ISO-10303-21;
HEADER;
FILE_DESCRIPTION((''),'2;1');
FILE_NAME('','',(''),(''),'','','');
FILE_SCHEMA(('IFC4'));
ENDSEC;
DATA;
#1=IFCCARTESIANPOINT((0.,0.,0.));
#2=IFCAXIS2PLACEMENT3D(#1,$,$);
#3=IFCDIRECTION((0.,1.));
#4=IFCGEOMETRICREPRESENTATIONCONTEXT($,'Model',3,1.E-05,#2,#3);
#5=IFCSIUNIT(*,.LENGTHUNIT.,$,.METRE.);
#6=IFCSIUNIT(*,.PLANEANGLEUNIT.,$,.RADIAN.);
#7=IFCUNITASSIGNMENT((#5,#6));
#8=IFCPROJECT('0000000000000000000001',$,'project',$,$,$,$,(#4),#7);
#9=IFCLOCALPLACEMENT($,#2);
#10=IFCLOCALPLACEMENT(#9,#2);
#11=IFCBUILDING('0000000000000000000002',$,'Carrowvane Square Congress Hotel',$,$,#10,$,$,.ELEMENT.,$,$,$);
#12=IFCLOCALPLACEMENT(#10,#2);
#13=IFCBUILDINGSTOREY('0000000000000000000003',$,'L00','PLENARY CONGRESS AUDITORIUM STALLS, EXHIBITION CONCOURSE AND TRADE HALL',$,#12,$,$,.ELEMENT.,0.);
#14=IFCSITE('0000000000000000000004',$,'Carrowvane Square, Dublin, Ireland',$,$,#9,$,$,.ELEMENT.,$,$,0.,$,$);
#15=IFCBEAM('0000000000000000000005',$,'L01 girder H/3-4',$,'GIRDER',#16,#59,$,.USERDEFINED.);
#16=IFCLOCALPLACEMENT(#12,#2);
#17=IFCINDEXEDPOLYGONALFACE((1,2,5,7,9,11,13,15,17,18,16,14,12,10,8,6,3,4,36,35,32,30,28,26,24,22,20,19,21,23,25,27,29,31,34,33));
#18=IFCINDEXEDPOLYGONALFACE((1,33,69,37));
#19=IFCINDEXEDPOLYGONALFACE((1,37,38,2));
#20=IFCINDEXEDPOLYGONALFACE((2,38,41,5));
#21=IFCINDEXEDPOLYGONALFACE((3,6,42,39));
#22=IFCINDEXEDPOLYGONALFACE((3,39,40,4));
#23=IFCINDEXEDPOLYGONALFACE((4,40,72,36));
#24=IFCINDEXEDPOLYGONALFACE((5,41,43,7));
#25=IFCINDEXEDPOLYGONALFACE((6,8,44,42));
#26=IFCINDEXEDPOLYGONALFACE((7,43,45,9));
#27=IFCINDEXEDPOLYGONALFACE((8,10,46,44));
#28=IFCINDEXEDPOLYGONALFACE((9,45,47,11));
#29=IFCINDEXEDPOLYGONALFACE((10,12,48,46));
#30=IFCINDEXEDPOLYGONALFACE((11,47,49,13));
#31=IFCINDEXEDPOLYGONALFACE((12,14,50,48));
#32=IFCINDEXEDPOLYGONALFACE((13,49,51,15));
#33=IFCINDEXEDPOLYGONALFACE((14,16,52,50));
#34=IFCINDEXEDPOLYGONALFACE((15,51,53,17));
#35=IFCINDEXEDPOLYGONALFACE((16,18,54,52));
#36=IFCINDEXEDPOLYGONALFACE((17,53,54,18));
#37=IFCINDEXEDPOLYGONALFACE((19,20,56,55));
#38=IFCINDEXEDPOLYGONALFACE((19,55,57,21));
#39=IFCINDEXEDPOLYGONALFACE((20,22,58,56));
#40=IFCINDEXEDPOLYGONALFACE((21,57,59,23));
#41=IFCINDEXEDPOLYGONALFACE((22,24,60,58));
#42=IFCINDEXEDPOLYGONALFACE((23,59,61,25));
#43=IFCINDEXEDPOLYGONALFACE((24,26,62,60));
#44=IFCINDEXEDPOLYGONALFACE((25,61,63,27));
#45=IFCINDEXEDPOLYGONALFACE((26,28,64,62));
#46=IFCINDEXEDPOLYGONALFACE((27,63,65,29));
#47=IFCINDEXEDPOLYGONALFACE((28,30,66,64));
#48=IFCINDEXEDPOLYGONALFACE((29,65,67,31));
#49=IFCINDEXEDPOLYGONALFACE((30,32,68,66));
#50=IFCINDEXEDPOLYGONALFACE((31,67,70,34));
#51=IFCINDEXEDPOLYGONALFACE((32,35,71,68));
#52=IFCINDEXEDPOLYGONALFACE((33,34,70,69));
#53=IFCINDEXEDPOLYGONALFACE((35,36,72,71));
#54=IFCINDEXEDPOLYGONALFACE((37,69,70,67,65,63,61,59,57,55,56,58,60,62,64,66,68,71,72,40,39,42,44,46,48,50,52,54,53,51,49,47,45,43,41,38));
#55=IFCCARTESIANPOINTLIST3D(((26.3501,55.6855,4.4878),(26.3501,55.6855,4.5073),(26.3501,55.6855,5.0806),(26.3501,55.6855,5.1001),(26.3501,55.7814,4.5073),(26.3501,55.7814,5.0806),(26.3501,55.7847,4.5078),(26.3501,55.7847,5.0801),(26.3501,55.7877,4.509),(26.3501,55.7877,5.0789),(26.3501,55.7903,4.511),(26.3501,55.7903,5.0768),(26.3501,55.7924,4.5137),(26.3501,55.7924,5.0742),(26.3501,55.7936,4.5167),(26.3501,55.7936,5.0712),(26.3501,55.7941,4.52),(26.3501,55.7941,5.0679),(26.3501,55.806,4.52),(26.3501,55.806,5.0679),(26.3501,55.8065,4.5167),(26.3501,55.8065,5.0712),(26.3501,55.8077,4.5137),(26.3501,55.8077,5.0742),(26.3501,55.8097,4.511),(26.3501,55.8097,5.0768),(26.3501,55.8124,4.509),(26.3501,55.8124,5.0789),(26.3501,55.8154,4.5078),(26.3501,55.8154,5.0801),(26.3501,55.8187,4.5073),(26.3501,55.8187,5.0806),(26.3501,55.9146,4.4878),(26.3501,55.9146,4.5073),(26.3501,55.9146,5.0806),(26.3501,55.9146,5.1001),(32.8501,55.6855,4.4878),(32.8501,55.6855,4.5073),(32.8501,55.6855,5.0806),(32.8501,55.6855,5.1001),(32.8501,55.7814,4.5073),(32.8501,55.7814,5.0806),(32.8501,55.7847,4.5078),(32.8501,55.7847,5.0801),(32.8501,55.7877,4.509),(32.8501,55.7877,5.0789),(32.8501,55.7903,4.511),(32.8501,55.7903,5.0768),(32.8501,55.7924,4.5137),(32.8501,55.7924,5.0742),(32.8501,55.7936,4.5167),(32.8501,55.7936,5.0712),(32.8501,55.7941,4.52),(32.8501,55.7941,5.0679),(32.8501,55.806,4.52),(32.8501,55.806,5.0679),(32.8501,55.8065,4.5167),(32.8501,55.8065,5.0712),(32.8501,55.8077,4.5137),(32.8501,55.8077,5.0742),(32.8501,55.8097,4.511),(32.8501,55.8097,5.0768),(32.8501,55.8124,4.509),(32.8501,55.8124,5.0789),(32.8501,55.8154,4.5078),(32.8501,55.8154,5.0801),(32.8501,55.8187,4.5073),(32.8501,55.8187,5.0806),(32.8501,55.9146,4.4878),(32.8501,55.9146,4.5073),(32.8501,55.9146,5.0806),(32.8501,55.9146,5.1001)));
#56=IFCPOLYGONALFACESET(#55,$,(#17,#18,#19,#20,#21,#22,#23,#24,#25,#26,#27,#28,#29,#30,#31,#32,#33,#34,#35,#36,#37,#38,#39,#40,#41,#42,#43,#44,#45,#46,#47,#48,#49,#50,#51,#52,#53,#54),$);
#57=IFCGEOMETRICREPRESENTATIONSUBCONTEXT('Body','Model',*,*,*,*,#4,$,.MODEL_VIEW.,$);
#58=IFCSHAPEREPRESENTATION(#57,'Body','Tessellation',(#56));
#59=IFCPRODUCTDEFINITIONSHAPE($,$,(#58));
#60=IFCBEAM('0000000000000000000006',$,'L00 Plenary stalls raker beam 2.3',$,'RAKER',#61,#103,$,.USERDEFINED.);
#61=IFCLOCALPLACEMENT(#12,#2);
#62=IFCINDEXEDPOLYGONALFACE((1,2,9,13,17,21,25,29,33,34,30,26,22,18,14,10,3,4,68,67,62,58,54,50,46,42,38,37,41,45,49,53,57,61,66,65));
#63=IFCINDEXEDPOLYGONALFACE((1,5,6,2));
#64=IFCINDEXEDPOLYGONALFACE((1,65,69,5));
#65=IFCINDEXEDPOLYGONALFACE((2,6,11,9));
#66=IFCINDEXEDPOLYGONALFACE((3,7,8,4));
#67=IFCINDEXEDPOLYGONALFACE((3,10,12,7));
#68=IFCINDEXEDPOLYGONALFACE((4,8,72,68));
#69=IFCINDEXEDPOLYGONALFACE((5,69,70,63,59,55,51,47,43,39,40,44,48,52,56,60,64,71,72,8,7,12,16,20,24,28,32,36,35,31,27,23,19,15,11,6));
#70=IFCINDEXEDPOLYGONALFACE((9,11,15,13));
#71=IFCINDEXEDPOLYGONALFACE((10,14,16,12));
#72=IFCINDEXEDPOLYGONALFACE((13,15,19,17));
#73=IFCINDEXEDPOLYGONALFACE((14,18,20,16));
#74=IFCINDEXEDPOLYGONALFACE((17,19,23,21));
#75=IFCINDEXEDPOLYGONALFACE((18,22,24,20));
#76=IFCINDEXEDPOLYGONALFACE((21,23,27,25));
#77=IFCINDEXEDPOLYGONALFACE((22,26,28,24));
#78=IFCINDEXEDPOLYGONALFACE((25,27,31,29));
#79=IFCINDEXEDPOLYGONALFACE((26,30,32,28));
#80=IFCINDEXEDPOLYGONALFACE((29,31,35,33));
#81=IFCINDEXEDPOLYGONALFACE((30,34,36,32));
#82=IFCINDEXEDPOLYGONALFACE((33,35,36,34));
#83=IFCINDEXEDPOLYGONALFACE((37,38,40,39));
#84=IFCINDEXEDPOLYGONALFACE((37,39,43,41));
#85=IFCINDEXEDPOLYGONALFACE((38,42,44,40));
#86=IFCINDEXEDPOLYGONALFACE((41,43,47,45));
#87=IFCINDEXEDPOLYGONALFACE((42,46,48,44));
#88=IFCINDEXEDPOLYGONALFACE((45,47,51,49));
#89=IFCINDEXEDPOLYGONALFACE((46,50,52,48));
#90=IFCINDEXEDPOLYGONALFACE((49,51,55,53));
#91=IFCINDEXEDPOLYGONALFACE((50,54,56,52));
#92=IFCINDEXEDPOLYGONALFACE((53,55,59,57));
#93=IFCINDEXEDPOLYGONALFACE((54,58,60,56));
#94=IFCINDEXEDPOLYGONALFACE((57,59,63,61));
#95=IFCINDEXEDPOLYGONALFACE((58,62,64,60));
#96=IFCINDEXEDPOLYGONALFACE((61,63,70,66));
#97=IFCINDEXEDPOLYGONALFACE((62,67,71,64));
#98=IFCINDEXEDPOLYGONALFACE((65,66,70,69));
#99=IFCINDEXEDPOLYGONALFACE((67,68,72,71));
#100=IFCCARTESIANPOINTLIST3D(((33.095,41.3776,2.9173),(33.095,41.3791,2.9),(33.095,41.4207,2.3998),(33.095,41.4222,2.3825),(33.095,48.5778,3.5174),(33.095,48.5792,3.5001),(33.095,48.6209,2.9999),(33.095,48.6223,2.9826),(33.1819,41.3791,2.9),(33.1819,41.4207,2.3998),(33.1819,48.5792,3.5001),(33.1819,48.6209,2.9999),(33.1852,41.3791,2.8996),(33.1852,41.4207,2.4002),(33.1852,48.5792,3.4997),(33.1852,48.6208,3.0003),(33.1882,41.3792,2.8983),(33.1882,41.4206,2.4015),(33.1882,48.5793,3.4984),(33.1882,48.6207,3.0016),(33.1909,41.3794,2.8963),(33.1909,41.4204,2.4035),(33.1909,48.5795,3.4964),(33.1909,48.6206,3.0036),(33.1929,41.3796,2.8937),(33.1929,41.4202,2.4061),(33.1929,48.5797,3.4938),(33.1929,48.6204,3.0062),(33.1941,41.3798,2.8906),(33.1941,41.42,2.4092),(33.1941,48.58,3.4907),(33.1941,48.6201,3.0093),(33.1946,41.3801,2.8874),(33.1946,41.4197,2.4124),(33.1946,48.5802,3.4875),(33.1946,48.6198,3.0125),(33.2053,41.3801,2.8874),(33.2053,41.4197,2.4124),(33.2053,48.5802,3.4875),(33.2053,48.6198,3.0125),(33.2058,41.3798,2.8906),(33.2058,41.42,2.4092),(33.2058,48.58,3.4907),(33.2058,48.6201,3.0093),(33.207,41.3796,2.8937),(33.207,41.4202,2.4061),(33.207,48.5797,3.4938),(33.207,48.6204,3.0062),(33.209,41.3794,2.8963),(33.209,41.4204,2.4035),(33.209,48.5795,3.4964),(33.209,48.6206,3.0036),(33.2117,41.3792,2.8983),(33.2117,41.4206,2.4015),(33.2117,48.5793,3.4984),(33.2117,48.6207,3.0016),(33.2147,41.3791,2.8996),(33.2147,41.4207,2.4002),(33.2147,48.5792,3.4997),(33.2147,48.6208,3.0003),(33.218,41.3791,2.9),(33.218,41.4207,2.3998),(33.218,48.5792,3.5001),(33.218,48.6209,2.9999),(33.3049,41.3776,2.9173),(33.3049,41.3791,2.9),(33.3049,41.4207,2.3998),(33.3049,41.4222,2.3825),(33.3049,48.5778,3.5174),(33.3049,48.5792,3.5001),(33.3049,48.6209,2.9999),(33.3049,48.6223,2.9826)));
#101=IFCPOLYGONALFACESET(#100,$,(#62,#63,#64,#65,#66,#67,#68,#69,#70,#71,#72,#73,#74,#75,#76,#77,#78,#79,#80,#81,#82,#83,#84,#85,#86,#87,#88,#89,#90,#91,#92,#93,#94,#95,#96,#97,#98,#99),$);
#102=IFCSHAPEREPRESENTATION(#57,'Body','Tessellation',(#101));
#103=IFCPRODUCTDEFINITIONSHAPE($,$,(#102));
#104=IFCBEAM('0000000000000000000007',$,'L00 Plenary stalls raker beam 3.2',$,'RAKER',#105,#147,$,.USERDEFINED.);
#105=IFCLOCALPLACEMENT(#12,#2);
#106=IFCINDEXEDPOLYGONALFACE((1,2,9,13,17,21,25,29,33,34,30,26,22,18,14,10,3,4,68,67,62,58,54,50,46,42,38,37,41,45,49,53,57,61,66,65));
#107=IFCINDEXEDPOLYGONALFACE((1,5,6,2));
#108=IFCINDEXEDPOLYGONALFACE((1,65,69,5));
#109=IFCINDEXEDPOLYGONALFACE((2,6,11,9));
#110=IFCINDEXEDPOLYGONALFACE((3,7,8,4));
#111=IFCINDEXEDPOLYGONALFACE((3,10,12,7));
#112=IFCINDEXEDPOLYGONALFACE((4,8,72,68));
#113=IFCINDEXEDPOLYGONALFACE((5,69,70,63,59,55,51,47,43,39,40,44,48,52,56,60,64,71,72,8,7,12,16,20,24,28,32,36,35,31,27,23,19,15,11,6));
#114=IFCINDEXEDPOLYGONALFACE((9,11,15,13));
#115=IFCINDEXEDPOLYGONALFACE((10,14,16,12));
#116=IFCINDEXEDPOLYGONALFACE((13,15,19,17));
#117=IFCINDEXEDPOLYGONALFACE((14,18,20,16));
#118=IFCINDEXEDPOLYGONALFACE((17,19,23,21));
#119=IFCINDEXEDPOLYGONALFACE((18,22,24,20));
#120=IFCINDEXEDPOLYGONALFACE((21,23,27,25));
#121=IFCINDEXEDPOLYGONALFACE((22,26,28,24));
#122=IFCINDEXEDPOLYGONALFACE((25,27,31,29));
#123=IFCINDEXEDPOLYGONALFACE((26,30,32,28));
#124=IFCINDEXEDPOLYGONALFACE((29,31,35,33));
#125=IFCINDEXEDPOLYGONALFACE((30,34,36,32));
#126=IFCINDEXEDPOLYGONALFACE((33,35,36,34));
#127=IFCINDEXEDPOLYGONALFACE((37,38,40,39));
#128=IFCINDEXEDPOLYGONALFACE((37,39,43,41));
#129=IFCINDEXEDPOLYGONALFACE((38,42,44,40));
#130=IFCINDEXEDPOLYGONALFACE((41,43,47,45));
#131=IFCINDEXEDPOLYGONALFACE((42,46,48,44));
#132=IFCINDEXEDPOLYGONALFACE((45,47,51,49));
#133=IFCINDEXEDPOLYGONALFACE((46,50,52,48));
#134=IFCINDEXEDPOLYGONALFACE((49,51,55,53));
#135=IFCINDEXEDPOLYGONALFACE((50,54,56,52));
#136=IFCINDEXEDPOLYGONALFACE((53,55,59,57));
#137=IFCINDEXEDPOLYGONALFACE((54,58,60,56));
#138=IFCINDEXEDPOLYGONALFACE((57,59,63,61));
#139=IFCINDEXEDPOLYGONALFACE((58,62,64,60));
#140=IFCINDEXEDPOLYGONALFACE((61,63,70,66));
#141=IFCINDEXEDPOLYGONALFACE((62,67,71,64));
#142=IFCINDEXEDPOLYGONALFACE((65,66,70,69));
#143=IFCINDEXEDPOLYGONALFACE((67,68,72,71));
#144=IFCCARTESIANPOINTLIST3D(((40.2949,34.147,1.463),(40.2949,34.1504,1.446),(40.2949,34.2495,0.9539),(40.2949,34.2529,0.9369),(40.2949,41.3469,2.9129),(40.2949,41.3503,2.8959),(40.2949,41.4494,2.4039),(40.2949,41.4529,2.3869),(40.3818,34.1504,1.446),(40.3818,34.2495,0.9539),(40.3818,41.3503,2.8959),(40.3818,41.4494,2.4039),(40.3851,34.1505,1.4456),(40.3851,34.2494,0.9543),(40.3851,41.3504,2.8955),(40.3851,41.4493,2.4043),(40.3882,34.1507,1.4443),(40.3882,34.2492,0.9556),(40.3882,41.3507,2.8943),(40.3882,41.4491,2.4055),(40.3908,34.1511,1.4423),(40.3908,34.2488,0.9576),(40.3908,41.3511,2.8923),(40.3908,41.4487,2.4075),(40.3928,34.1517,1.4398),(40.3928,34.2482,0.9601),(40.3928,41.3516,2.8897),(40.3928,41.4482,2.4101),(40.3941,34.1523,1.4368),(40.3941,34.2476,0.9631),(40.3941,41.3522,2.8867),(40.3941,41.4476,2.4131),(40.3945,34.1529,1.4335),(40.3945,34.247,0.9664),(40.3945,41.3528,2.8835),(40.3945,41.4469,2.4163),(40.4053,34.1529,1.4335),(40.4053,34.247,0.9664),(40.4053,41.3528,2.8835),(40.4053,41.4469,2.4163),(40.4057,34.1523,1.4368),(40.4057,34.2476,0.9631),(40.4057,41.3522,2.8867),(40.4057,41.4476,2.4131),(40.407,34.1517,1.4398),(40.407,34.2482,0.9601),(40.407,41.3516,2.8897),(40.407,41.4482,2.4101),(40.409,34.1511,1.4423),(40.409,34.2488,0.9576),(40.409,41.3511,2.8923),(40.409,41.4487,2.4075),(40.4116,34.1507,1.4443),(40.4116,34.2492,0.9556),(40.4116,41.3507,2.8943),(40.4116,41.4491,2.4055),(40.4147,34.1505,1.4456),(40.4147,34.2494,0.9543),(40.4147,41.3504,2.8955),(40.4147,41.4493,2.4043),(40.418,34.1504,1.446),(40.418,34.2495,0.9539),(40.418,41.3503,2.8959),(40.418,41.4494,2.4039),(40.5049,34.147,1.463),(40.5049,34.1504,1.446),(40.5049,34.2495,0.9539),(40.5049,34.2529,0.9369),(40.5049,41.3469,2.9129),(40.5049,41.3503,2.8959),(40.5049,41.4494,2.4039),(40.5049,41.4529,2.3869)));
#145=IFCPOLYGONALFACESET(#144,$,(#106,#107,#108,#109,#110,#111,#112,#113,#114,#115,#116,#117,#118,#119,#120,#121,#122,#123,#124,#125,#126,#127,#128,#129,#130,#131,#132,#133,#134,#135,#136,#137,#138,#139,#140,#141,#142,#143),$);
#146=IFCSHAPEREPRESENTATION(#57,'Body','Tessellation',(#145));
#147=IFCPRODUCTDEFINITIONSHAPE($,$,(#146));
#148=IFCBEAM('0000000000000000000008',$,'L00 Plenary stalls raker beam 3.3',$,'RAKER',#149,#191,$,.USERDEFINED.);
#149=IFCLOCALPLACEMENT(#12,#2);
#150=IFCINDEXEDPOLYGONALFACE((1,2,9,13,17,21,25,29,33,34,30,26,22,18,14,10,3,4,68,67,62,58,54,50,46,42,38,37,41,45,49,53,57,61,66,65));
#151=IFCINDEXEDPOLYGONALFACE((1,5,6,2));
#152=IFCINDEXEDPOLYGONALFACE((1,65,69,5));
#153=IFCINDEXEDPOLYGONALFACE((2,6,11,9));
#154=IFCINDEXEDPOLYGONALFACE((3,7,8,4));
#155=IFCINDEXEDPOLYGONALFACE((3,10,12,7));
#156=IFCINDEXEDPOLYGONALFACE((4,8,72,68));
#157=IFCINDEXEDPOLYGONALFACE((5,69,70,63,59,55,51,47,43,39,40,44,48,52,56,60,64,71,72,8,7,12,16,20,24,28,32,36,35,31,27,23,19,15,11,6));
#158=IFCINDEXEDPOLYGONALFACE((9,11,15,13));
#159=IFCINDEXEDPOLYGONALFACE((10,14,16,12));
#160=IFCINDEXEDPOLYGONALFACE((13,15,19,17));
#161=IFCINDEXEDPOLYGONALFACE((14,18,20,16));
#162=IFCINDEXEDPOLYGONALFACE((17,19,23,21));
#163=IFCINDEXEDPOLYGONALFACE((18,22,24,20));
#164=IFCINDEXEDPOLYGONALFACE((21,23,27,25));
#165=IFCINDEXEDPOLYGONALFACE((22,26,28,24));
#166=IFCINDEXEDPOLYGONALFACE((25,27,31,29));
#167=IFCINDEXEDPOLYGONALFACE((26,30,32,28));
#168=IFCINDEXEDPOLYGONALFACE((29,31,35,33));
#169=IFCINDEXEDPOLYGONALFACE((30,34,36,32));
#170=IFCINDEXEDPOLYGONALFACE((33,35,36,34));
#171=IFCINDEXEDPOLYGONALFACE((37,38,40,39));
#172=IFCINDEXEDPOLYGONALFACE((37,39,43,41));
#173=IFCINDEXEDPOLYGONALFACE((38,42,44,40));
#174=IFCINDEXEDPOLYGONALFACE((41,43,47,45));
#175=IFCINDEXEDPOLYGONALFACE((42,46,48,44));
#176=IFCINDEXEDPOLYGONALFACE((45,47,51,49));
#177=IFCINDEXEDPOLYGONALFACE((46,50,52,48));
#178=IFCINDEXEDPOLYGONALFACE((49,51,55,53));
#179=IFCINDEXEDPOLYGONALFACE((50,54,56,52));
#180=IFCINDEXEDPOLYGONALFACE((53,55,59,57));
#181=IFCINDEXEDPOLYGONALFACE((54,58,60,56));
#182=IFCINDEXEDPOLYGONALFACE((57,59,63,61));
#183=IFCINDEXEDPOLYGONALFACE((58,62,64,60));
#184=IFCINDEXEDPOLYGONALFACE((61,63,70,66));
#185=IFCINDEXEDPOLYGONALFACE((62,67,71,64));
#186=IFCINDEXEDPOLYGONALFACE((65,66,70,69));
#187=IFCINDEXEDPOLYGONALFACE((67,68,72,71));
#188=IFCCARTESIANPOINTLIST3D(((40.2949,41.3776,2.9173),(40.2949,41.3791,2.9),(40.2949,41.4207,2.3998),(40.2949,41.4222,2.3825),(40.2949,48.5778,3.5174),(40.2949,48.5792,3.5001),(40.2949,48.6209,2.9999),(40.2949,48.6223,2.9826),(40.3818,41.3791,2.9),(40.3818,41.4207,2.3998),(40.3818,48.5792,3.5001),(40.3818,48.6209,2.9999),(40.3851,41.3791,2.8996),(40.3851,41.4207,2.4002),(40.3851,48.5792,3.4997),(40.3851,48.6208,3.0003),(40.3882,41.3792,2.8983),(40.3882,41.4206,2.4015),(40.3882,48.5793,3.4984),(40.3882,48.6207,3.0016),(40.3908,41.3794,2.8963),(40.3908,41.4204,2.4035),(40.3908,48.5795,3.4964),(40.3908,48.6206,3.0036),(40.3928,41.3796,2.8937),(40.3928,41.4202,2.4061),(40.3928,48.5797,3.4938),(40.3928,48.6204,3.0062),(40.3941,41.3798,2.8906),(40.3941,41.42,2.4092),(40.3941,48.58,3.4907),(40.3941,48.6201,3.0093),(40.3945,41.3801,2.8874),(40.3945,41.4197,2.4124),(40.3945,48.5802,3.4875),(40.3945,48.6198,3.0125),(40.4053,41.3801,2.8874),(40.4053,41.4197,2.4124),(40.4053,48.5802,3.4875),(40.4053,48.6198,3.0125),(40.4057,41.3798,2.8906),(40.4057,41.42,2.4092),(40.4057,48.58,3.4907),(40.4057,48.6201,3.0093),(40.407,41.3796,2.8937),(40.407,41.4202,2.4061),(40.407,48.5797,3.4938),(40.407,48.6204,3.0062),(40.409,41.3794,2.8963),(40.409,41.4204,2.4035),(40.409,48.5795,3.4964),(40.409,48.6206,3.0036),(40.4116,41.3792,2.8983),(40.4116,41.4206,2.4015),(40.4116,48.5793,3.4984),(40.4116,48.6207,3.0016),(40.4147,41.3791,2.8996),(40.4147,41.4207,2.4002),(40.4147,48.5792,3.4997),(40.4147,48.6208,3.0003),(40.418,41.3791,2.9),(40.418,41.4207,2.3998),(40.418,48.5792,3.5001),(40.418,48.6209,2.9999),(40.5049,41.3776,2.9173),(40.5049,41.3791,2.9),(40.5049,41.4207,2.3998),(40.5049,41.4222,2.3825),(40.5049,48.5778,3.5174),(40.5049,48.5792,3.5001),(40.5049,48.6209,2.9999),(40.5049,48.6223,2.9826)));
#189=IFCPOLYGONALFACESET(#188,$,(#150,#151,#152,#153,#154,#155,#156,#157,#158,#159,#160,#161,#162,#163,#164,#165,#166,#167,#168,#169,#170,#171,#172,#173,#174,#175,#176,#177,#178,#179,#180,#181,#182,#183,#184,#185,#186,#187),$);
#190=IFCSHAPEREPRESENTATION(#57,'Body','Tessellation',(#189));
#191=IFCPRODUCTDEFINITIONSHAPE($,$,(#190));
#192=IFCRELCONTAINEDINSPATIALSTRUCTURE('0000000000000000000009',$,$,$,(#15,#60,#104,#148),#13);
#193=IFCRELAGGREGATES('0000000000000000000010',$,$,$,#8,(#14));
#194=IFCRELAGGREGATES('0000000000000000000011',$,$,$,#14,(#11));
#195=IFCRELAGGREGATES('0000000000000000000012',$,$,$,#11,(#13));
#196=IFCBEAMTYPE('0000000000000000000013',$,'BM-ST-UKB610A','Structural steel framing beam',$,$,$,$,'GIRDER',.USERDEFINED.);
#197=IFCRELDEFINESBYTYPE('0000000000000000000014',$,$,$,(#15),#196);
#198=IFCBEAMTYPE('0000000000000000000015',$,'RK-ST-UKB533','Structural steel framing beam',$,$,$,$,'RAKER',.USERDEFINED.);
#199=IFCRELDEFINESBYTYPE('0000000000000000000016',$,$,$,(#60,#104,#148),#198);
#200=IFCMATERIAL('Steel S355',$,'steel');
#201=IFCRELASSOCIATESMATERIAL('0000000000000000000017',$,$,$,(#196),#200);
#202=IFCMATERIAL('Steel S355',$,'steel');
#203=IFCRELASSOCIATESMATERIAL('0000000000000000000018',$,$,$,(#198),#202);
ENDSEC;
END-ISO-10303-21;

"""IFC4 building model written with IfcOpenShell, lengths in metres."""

from ifc_helpers import new_model, si_unit, direction, frame, origin, origin_2d, place, context, subcontext, project, spatial, i_section, extrude, material, material_profile, profile_set, type_object, element, save


model = new_model("IFC4")

# Units and contexts
model_context = context("Model", 3, precision=1e-05, world=origin(), true_north=direction((0.0, 1.0)))
body_context = subcontext(model_context, "Body", "Model", "MODEL_VIEW")
ifc_project = project(units=[si_unit("LENGTHUNIT", "METRE"), si_unit("PLANEANGLEUNIT", "RADIAN")], contexts=[model_context])

# Site, building, storey
site_placement = place(None, origin())
site = spatial("IfcSite", under=ifc_project, at=site_placement, Name="Carrowvane Square, Dublin, Ireland", CompositionType="ELEMENT", RefElevation=0.0)
building_placement = place(site_placement, origin())
building = spatial("IfcBuilding", under=site, at=building_placement, Name="Carrowvane Square Congress Hotel", CompositionType="ELEMENT")
storey_placement = place(building_placement, origin())
storey = spatial("IfcBuildingStorey", under=building, at=storey_placement, Name="L00", Description="PLENARY CONGRESS AUDITORIUM STALLS, EXHIBITION CONCOURSE AND TRADE HALL", CompositionType="ELEMENT", Elevation=0.0)

# Beams
ifc_material_1 = material(Name="Steel S355", Category="steel")
ifc_material_profile_1 = material_profile(ifc_material_1, i_section(OverallWidth=0.229, OverallDepth=0.6123, WebThickness=0.012, FlangeThickness=0.0195, FilletRadius=0.0127, at=origin_2d()), Name="UKB 610x229x125")
ifc_profile_set_1 = profile_set([ifc_material_profile_1], Name="Steel S355")
beam_type_1 = type_object("IfcBeamType", Name="BM-ST-UKB610A", Description="Structural steel framing beam", ElementType="GIRDER", PredefinedType="USERDEFINED", material=ifc_profile_set_1)
for number, where, z_axis, x_axis, name in (
    (1, (26.3501, 55.8, 4.7939), (1.0, 0.0, 0.0), (0.0, 1.0, 0.0), "L01 girder H/3-4"),
):
    element("IfcBeam", number, at=place(storey_placement, frame(where, z_axis=z_axis, x_axis=x_axis)), inside=storey, type_object=beam_type_1, Name=name, ObjectType="GIRDER", PredefinedType="USERDEFINED", context=body_context, shape_type="SweptSolid", body=[
        extrude(i_section(OverallWidth=0.229, OverallDepth=0.6123, WebThickness=0.012, FlangeThickness=0.0195, FilletRadius=0.0127, at=origin_2d()), origin(), (0.0, 0.0, 1.0), 6.5),
    ])
ifc_material_2 = material(Name="Steel S355", Category="steel")
ifc_material_profile_2 = material_profile(ifc_material_2, i_section(OverallWidth=0.21, OverallDepth=0.5366, WebThickness=0.0107, FlangeThickness=0.0173, FilletRadius=0.0127, at=origin_2d()), Name="UKB 533x210x101")
ifc_profile_set_2 = profile_set([ifc_material_profile_2], Name="Steel S355")
beam_type_2 = type_object("IfcBeamType", Name="RK-ST-UKB533", Description="Structural steel framing beam", ElementType="RAKER", PredefinedType="USERDEFINED", material=ifc_profile_set_2)
beam_1_placement = place(storey_placement, frame((33.2, 41.3999, 2.6499), z_axis=(0.0, 0.996545, 0.083057), x_axis=(-1.0, 0.0, 0.0)))
element("IfcBeam", 2, at=beam_1_placement, inside=storey, type_object=beam_type_2, Name="L00 Plenary stalls raker beam 2.3", ObjectType="RAKER", PredefinedType="USERDEFINED", context=body_context, shape_type="SweptSolid", body=[
    extrude(i_section(OverallWidth=0.21, OverallDepth=0.5366, WebThickness=0.0107, FlangeThickness=0.0173, FilletRadius=0.0127, at=origin_2d()), origin(), (0.0, 0.0, 1.0), 7.2251),
])
beam_2_placement = place(storey_placement, frame((40.3999, 34.2, 1.2), z_axis=(0.0, 0.980319, 0.19742), x_axis=(-1.0, 0.0, 0.0)))
element("IfcBeam", 3, at=beam_2_placement, inside=storey, type_object=beam_type_2, Name="L00 Plenary stalls raker beam 3.2", ObjectType="RAKER", PredefinedType="USERDEFINED", context=body_context, shape_type="SweptSolid", body=[
    extrude(i_section(OverallWidth=0.21, OverallDepth=0.5366, WebThickness=0.0107, FlangeThickness=0.0173, FilletRadius=0.0127, at=origin_2d()), origin(), (0.0, 0.0, 1.0), 7.3445),
])
beam_3_placement = place(storey_placement, frame((40.3999, 41.3999, 2.6499), z_axis=(0.0, 0.996545, 0.083057), x_axis=(-1.0, 0.0, 0.0)))
element("IfcBeam", 4, at=beam_3_placement, inside=storey, type_object=beam_type_2, Name="L00 Plenary stalls raker beam 3.3", ObjectType="RAKER", PredefinedType="USERDEFINED", context=body_context, shape_type="SweptSolid", body=[
    extrude(i_section(OverallWidth=0.21, OverallDepth=0.5366, WebThickness=0.0107, FlangeThickness=0.0173, FilletRadius=0.0127, at=origin_2d()), origin(), (0.0, 0.0, 1.0), 7.2251),
])

save(model, "model.ifc")
